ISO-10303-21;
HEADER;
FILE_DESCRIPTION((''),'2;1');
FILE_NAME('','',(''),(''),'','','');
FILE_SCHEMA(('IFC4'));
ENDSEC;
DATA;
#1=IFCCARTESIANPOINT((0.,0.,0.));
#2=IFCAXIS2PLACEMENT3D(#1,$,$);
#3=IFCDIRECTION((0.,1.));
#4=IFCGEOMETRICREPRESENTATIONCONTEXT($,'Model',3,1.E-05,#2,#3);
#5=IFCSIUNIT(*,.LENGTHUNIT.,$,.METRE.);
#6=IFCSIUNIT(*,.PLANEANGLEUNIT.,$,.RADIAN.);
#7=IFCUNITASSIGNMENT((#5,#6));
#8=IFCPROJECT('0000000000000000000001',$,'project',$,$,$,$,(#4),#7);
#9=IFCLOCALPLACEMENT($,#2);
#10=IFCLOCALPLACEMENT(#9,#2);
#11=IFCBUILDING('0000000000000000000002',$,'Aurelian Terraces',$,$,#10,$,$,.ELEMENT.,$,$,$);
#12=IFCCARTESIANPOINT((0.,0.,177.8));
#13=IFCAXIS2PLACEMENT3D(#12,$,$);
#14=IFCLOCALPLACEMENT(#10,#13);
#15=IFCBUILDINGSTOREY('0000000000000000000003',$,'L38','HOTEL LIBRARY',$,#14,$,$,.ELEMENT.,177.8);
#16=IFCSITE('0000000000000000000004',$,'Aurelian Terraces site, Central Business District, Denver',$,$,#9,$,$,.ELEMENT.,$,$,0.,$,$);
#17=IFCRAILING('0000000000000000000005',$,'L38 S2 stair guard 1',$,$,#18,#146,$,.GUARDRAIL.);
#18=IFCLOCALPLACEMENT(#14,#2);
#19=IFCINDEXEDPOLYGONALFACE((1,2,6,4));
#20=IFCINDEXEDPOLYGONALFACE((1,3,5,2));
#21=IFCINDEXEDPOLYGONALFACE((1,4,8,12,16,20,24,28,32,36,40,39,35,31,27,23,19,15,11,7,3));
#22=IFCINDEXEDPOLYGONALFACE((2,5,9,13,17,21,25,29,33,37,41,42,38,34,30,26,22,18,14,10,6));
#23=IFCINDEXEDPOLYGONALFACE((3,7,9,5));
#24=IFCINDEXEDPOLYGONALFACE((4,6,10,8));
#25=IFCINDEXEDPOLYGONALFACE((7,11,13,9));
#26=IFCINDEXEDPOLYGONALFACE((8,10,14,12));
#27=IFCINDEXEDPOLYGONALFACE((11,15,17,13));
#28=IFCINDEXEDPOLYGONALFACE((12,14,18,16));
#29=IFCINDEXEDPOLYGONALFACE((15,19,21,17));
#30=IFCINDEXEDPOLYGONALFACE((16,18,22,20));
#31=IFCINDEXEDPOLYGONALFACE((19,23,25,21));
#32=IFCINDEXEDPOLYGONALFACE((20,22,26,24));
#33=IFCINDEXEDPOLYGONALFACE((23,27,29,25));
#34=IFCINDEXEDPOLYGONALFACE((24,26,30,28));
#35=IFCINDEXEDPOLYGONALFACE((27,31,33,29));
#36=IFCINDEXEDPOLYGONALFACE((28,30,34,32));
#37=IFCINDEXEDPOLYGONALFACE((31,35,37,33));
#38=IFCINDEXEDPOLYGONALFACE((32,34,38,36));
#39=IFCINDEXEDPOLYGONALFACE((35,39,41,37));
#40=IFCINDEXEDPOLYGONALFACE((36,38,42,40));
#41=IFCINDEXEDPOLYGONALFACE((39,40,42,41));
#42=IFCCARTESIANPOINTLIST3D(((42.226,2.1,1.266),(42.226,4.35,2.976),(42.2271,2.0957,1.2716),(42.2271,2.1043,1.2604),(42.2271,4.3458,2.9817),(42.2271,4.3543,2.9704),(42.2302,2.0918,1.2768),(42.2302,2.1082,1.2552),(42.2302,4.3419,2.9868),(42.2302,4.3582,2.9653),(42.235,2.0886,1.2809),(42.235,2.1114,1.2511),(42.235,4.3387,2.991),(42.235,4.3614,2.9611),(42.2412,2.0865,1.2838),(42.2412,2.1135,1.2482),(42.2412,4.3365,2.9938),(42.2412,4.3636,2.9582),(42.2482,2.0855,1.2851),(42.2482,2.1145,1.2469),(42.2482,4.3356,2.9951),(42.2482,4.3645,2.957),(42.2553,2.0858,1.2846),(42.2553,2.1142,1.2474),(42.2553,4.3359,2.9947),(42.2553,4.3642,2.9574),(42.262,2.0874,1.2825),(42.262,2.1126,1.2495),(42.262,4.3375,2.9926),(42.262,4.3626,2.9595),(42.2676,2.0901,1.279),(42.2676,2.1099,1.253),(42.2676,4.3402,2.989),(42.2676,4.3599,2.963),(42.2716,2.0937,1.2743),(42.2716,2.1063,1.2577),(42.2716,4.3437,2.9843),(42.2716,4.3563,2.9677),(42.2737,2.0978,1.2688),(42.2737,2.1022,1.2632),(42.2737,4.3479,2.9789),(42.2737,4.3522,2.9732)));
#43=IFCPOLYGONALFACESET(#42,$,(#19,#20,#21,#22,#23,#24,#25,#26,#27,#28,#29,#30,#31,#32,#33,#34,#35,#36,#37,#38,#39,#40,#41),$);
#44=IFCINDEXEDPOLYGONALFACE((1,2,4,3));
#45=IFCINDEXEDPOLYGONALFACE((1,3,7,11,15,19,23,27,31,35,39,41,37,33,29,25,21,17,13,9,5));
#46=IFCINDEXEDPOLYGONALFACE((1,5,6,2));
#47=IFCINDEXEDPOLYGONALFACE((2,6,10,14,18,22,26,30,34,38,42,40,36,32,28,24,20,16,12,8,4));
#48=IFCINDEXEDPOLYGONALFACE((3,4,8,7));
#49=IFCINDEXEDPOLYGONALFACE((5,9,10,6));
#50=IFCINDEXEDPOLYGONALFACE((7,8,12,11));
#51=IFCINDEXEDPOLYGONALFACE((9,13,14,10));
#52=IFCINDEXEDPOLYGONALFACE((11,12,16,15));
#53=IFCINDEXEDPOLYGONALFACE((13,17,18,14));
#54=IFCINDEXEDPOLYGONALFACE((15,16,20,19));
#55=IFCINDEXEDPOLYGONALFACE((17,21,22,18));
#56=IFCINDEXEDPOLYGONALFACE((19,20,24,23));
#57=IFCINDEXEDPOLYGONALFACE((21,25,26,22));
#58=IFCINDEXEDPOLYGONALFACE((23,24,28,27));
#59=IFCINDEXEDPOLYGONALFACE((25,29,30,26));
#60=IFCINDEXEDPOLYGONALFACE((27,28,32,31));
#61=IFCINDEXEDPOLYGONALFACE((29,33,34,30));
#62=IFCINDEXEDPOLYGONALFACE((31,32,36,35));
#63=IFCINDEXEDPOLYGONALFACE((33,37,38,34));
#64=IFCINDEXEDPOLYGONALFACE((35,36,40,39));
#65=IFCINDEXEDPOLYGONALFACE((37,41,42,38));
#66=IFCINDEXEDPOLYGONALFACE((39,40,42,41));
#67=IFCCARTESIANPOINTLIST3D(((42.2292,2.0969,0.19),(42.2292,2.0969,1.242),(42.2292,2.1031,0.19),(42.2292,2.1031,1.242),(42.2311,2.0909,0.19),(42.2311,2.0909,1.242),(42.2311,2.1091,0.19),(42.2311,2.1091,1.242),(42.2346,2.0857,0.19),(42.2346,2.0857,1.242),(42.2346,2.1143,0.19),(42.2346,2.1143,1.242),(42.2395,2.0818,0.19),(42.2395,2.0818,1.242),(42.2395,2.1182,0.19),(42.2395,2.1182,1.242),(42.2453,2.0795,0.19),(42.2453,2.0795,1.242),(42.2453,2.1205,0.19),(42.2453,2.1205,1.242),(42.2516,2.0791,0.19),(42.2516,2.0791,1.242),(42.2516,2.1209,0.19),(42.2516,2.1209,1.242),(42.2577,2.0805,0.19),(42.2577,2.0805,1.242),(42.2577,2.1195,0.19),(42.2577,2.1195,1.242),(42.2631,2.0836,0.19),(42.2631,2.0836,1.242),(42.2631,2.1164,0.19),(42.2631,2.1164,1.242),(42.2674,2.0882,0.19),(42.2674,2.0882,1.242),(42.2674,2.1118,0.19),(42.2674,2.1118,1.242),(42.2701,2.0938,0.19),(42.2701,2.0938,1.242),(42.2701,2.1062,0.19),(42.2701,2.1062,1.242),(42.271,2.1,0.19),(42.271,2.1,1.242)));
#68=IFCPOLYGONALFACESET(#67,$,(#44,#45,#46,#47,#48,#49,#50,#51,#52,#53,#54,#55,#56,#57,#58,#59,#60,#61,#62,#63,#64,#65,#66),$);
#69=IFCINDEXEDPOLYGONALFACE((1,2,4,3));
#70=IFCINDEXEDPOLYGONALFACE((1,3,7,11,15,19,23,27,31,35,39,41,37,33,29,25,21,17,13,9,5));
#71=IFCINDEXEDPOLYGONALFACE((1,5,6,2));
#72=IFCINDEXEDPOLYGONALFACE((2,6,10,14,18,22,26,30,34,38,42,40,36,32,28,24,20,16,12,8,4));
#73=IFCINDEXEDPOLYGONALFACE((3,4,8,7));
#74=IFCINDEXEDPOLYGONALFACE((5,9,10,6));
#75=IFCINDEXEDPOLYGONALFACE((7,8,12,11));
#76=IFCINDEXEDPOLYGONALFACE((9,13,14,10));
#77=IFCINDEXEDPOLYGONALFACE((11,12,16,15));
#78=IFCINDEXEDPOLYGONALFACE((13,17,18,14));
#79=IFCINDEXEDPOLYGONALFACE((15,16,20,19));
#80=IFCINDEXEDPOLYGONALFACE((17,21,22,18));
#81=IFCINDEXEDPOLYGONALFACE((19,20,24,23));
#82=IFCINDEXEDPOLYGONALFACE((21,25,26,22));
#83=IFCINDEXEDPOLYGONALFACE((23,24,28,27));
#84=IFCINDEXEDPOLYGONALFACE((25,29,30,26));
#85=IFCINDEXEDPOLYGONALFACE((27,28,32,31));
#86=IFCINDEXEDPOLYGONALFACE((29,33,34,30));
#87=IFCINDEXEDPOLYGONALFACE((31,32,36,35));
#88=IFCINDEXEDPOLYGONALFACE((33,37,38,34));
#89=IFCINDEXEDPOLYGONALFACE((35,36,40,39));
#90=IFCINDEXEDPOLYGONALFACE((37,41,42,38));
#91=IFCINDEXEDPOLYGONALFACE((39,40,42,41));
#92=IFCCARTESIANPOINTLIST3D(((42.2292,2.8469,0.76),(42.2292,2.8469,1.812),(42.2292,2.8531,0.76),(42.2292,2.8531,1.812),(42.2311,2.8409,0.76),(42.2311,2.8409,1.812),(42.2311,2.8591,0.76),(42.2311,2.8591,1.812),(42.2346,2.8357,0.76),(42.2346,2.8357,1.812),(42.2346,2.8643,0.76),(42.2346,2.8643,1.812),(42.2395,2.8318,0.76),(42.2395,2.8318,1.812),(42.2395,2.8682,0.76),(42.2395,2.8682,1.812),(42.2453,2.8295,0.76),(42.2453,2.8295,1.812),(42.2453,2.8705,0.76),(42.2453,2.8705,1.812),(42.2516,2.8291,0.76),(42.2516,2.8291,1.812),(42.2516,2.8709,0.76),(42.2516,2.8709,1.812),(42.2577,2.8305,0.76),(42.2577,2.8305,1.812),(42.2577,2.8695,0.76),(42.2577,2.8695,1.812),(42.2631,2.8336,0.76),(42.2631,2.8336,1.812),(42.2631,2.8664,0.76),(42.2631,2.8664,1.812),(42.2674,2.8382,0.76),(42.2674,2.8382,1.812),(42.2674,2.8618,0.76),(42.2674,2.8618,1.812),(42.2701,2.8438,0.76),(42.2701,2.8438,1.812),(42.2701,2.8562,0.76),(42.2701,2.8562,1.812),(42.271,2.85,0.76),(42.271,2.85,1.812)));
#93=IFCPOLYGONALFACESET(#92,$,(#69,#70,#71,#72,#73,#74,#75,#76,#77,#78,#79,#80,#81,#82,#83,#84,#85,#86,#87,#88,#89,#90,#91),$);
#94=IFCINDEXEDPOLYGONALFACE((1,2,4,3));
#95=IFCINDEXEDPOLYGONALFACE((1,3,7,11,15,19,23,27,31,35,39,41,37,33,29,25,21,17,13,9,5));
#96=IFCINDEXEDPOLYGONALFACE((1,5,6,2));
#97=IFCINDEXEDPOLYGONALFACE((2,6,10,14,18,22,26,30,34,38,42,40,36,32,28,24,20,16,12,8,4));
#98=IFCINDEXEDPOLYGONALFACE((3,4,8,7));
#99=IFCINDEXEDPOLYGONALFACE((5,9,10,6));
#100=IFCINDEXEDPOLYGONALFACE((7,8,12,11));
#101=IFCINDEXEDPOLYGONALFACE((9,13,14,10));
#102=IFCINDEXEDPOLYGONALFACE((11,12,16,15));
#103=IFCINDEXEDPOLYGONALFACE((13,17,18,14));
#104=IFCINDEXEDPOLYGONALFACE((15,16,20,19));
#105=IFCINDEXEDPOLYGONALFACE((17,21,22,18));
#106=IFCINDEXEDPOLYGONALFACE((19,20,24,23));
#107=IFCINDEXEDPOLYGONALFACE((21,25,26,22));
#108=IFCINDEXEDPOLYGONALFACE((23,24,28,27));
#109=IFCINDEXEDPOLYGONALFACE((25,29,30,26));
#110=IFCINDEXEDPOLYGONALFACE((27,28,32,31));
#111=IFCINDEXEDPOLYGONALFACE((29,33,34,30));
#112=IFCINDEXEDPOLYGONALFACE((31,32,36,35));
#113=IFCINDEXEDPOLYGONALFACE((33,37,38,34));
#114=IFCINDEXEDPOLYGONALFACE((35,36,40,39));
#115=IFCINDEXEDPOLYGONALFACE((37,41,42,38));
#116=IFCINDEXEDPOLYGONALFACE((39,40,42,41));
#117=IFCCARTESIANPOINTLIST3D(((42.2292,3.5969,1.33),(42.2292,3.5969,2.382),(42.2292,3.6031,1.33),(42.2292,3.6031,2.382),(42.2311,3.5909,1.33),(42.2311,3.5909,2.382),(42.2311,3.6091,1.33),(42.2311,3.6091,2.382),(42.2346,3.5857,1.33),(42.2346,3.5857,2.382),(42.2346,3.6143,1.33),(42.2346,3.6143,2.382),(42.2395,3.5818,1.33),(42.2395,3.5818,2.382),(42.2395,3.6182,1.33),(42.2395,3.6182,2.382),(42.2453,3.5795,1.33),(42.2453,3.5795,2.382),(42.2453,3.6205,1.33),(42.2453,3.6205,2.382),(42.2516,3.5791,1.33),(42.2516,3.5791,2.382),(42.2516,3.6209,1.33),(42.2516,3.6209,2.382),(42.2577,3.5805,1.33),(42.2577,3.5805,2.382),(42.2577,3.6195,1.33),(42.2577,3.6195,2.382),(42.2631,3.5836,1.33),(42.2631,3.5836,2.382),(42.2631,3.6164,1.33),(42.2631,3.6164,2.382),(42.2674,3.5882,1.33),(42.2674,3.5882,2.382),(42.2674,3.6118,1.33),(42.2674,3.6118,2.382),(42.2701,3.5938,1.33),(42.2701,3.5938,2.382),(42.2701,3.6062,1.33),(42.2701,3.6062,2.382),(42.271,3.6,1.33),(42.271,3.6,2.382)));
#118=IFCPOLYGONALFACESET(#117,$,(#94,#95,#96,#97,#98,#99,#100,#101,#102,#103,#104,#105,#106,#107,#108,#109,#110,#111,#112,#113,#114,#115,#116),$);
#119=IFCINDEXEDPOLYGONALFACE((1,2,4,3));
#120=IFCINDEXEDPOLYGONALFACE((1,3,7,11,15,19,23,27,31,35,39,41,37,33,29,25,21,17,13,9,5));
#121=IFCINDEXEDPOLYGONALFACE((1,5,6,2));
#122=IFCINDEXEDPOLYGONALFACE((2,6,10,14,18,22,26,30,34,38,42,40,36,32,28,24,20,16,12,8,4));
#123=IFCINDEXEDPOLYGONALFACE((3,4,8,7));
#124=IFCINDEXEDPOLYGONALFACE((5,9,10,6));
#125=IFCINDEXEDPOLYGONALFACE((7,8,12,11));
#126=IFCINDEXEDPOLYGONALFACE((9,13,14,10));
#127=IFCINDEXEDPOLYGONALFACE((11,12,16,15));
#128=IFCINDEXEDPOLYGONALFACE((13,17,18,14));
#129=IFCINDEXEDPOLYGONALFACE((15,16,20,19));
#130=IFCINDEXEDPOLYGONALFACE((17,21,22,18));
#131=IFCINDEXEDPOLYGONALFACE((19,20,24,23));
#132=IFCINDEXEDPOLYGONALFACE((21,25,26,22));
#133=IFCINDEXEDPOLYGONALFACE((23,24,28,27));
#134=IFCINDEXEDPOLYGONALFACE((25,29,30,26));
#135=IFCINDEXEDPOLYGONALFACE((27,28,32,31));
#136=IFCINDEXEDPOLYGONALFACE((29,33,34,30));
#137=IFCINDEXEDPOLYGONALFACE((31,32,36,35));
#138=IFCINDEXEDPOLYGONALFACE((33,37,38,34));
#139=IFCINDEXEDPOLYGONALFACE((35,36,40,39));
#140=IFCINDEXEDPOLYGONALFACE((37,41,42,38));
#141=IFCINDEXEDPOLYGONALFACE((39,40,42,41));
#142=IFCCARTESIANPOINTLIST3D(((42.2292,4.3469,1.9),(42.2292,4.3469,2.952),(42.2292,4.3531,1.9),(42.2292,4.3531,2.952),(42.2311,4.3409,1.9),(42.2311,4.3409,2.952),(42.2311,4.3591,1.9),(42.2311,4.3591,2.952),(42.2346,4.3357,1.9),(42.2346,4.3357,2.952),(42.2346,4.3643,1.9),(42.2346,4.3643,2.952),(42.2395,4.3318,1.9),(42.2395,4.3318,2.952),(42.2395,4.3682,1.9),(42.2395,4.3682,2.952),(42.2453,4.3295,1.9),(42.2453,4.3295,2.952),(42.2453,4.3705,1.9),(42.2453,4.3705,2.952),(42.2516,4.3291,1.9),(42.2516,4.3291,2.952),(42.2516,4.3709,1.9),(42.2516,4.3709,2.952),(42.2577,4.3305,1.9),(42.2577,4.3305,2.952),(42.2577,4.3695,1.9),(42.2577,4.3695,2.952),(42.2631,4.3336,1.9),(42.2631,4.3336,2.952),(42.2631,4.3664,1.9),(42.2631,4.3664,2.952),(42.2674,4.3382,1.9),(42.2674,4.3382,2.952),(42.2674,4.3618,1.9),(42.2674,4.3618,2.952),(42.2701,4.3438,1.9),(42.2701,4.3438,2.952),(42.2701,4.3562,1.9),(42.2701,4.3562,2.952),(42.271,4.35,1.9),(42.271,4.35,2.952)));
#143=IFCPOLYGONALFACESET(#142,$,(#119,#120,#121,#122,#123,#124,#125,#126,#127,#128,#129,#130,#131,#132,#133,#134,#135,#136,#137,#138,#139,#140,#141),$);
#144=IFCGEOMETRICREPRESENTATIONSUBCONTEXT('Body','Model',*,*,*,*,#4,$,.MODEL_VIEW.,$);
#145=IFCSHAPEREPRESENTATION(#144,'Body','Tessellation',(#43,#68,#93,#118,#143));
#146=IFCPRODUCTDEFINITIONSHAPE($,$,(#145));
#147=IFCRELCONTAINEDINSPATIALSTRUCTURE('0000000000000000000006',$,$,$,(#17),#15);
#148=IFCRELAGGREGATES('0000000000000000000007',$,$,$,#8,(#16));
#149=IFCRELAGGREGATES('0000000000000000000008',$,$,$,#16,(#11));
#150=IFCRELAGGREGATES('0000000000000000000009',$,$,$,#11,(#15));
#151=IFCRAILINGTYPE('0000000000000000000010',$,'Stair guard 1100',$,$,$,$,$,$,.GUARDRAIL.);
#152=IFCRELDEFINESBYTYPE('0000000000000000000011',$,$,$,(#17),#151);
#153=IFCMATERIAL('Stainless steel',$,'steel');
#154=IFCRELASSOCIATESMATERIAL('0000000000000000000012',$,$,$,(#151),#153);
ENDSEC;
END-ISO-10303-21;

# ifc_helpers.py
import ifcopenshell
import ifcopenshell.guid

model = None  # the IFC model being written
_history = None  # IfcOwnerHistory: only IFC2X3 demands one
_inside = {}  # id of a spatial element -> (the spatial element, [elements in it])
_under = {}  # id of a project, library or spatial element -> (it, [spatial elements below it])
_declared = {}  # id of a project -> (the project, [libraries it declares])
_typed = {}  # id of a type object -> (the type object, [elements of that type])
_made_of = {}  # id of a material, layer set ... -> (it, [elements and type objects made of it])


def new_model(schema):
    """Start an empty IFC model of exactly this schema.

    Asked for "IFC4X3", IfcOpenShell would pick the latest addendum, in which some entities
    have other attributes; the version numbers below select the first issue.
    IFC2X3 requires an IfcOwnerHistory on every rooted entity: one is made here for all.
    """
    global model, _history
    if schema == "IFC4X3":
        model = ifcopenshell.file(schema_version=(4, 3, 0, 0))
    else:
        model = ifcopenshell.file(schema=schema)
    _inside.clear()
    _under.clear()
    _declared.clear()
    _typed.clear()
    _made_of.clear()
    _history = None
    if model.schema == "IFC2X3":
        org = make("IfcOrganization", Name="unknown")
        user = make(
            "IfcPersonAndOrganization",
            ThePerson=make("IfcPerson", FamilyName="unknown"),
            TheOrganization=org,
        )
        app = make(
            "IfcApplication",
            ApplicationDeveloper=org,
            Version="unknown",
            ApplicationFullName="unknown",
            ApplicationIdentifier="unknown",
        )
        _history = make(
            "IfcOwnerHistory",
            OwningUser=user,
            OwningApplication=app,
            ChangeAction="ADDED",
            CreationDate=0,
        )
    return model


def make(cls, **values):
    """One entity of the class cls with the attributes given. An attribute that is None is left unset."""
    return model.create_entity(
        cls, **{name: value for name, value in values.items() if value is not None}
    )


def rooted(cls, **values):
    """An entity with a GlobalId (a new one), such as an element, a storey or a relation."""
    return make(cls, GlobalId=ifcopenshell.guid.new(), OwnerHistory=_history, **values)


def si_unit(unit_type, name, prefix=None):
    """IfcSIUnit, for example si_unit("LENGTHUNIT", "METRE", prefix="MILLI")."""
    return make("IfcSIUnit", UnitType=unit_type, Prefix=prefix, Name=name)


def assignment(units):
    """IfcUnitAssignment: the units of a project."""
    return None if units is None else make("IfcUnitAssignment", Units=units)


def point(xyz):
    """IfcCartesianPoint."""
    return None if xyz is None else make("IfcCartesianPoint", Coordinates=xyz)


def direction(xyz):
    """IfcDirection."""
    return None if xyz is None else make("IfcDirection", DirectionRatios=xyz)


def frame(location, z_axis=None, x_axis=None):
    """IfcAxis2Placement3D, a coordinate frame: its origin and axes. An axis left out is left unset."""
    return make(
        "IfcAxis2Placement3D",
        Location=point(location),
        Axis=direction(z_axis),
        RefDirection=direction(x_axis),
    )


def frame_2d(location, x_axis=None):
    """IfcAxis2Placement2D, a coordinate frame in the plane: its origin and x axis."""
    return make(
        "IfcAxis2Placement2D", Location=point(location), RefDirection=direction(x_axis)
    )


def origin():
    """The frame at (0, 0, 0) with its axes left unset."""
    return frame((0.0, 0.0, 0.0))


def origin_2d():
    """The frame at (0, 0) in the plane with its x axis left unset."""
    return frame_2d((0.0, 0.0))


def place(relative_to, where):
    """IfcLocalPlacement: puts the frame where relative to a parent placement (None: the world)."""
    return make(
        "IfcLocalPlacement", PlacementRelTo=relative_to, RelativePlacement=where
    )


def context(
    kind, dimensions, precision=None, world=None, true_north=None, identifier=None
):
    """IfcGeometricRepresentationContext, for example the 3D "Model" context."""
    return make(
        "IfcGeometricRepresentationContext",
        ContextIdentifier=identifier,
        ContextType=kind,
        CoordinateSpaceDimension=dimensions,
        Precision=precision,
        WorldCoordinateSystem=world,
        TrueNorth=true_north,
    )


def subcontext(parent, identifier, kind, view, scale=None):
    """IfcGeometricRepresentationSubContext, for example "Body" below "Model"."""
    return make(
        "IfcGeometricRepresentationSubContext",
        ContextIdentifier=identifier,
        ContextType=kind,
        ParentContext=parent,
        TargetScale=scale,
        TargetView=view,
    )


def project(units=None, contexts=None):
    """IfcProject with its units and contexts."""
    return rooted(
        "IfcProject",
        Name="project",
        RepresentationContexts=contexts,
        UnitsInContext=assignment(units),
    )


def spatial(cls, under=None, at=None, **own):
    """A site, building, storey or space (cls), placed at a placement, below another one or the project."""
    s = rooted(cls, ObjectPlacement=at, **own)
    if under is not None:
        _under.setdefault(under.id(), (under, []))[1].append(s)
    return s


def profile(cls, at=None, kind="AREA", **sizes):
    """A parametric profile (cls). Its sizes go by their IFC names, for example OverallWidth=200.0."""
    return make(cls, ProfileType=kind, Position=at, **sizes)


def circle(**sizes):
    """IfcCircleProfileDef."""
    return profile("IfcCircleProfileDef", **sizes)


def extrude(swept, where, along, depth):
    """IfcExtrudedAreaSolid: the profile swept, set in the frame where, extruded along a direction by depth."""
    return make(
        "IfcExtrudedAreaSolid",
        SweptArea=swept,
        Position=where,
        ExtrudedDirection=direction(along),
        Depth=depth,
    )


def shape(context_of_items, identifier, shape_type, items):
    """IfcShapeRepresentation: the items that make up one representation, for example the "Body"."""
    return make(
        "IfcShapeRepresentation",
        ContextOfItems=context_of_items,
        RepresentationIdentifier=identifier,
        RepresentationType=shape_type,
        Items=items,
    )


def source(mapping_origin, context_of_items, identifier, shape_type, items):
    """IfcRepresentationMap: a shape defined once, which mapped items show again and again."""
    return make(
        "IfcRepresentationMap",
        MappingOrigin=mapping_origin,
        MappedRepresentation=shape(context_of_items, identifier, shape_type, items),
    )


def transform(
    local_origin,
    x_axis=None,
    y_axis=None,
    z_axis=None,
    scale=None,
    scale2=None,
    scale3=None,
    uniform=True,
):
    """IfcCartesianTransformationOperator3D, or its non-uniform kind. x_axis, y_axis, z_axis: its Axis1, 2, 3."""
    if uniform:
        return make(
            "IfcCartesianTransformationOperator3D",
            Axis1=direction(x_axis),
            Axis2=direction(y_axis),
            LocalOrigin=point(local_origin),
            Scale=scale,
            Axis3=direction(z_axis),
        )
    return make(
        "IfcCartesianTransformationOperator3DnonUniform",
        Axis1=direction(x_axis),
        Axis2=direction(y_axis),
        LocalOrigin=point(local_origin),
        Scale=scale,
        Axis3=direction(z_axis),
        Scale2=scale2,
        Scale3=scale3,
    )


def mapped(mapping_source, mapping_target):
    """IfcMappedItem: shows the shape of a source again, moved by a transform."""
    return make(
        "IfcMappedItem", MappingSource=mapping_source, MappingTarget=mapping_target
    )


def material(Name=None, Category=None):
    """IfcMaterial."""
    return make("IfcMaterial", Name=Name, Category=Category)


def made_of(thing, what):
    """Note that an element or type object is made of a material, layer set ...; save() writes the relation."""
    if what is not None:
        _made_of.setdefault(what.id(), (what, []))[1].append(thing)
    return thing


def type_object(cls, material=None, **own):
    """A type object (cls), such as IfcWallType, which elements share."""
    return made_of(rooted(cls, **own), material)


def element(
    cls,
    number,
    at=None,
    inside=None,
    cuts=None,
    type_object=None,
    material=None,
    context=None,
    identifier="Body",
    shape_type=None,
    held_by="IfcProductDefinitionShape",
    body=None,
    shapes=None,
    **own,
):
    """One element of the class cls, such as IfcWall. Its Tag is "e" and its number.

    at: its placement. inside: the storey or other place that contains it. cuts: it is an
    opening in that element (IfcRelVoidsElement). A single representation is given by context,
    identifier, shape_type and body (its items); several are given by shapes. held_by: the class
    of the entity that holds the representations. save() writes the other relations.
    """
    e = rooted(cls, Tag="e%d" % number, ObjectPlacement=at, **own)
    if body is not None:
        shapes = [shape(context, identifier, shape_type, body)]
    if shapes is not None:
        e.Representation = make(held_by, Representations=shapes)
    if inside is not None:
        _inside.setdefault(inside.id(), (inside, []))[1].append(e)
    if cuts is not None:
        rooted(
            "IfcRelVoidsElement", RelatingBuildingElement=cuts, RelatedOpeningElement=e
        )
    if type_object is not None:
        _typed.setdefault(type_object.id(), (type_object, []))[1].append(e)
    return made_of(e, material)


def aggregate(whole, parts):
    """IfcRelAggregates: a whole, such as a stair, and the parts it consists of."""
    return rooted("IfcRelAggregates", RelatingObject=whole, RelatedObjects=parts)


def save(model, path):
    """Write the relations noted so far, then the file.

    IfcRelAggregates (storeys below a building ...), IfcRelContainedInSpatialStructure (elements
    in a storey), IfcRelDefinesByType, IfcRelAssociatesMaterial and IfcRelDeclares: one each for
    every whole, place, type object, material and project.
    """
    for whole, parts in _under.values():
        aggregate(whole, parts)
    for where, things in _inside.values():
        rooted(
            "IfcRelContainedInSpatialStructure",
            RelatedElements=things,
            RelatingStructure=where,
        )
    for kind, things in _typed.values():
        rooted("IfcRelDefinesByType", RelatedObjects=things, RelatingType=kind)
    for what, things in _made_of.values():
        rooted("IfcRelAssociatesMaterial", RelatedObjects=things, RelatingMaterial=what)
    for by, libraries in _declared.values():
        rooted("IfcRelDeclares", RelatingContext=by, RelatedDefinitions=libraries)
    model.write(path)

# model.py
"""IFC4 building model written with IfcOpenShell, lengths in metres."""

from ifc_helpers import new_model, si_unit, direction, frame, origin, origin_2d, place, context, subcontext, project, spatial, circle, extrude, source, transform, mapped, material, type_object, element, save


model = new_model("IFC4")

# Units and contexts
model_context = context("Model", 3, precision=1e-05, world=origin(), true_north=direction((0.0, 1.0)))
body_context = subcontext(model_context, "Body", "Model", "MODEL_VIEW")
ifc_project = project(units=[si_unit("LENGTHUNIT", "METRE"), si_unit("PLANEANGLEUNIT", "RADIAN")], contexts=[model_context])

# Site, building, storey
site_placement = place(None, origin())
site = spatial("IfcSite", under=ifc_project, at=site_placement, Name="Aurelian Terraces site, Central Business District, Denver", CompositionType="ELEMENT", RefElevation=0.0)
building_placement = place(site_placement, origin())
building = spatial("IfcBuilding", under=site, at=building_placement, Name="Aurelian Terraces", CompositionType="ELEMENT")
storey_placement = place(building_placement, frame((0.0, 0.0, 177.8)))
storey = spatial("IfcBuildingStorey", under=building, at=storey_placement, Name="L38", Description="HOTEL LIBRARY", CompositionType="ELEMENT", Elevation=177.8)

# Railing
ifc_material_1 = material(Name="Stainless steel", Category="steel")
railing_type_1 = type_object("IfcRailingType", Name="Stair guard 1100", PredefinedType="GUARDRAIL", material=ifc_material_1)
shared_shape_1 = source(origin(), body_context, "Body", "SweptSolid", [
    extrude(circle(Radius=0.024, at=origin_2d()), frame((0.0, 0.0, 1.076), z_axis=(0.0, 0.796162, 0.605083), x_axis=(-1.0, 0.0, 0.0)), (0.0, 0.0, 1.0), 2.8261),
    extrude(circle(Radius=0.021, at=origin_2d()), origin(), (0.0, 0.0, 1.0), 1.052),
    extrude(circle(Radius=0.021, at=origin_2d()), frame((0.0, 0.75, 0.57)), (0.0, 0.0, 1.0), 1.052),
    extrude(circle(Radius=0.021, at=origin_2d()), frame((0.0, 1.5, 1.14)), (0.0, 0.0, 1.0), 1.052),
    extrude(circle(Radius=0.021, at=origin_2d()), frame((0.0, 2.25, 1.71)), (0.0, 0.0, 1.0), 1.052),
])
railing_1_placement = place(storey_placement, frame((42.25, 2.1, 0.19)))
element("IfcRailing", 1, at=railing_1_placement, inside=storey, type_object=railing_type_1, Name="L38 S2 stair guard 1", PredefinedType="GUARDRAIL", context=body_context, shape_type="MappedRepresentation", body=[
    mapped(shared_shape_1, transform((0.0, 0.0, 0.0), scale=1.0)),
])

save(model, "model.ifc")
